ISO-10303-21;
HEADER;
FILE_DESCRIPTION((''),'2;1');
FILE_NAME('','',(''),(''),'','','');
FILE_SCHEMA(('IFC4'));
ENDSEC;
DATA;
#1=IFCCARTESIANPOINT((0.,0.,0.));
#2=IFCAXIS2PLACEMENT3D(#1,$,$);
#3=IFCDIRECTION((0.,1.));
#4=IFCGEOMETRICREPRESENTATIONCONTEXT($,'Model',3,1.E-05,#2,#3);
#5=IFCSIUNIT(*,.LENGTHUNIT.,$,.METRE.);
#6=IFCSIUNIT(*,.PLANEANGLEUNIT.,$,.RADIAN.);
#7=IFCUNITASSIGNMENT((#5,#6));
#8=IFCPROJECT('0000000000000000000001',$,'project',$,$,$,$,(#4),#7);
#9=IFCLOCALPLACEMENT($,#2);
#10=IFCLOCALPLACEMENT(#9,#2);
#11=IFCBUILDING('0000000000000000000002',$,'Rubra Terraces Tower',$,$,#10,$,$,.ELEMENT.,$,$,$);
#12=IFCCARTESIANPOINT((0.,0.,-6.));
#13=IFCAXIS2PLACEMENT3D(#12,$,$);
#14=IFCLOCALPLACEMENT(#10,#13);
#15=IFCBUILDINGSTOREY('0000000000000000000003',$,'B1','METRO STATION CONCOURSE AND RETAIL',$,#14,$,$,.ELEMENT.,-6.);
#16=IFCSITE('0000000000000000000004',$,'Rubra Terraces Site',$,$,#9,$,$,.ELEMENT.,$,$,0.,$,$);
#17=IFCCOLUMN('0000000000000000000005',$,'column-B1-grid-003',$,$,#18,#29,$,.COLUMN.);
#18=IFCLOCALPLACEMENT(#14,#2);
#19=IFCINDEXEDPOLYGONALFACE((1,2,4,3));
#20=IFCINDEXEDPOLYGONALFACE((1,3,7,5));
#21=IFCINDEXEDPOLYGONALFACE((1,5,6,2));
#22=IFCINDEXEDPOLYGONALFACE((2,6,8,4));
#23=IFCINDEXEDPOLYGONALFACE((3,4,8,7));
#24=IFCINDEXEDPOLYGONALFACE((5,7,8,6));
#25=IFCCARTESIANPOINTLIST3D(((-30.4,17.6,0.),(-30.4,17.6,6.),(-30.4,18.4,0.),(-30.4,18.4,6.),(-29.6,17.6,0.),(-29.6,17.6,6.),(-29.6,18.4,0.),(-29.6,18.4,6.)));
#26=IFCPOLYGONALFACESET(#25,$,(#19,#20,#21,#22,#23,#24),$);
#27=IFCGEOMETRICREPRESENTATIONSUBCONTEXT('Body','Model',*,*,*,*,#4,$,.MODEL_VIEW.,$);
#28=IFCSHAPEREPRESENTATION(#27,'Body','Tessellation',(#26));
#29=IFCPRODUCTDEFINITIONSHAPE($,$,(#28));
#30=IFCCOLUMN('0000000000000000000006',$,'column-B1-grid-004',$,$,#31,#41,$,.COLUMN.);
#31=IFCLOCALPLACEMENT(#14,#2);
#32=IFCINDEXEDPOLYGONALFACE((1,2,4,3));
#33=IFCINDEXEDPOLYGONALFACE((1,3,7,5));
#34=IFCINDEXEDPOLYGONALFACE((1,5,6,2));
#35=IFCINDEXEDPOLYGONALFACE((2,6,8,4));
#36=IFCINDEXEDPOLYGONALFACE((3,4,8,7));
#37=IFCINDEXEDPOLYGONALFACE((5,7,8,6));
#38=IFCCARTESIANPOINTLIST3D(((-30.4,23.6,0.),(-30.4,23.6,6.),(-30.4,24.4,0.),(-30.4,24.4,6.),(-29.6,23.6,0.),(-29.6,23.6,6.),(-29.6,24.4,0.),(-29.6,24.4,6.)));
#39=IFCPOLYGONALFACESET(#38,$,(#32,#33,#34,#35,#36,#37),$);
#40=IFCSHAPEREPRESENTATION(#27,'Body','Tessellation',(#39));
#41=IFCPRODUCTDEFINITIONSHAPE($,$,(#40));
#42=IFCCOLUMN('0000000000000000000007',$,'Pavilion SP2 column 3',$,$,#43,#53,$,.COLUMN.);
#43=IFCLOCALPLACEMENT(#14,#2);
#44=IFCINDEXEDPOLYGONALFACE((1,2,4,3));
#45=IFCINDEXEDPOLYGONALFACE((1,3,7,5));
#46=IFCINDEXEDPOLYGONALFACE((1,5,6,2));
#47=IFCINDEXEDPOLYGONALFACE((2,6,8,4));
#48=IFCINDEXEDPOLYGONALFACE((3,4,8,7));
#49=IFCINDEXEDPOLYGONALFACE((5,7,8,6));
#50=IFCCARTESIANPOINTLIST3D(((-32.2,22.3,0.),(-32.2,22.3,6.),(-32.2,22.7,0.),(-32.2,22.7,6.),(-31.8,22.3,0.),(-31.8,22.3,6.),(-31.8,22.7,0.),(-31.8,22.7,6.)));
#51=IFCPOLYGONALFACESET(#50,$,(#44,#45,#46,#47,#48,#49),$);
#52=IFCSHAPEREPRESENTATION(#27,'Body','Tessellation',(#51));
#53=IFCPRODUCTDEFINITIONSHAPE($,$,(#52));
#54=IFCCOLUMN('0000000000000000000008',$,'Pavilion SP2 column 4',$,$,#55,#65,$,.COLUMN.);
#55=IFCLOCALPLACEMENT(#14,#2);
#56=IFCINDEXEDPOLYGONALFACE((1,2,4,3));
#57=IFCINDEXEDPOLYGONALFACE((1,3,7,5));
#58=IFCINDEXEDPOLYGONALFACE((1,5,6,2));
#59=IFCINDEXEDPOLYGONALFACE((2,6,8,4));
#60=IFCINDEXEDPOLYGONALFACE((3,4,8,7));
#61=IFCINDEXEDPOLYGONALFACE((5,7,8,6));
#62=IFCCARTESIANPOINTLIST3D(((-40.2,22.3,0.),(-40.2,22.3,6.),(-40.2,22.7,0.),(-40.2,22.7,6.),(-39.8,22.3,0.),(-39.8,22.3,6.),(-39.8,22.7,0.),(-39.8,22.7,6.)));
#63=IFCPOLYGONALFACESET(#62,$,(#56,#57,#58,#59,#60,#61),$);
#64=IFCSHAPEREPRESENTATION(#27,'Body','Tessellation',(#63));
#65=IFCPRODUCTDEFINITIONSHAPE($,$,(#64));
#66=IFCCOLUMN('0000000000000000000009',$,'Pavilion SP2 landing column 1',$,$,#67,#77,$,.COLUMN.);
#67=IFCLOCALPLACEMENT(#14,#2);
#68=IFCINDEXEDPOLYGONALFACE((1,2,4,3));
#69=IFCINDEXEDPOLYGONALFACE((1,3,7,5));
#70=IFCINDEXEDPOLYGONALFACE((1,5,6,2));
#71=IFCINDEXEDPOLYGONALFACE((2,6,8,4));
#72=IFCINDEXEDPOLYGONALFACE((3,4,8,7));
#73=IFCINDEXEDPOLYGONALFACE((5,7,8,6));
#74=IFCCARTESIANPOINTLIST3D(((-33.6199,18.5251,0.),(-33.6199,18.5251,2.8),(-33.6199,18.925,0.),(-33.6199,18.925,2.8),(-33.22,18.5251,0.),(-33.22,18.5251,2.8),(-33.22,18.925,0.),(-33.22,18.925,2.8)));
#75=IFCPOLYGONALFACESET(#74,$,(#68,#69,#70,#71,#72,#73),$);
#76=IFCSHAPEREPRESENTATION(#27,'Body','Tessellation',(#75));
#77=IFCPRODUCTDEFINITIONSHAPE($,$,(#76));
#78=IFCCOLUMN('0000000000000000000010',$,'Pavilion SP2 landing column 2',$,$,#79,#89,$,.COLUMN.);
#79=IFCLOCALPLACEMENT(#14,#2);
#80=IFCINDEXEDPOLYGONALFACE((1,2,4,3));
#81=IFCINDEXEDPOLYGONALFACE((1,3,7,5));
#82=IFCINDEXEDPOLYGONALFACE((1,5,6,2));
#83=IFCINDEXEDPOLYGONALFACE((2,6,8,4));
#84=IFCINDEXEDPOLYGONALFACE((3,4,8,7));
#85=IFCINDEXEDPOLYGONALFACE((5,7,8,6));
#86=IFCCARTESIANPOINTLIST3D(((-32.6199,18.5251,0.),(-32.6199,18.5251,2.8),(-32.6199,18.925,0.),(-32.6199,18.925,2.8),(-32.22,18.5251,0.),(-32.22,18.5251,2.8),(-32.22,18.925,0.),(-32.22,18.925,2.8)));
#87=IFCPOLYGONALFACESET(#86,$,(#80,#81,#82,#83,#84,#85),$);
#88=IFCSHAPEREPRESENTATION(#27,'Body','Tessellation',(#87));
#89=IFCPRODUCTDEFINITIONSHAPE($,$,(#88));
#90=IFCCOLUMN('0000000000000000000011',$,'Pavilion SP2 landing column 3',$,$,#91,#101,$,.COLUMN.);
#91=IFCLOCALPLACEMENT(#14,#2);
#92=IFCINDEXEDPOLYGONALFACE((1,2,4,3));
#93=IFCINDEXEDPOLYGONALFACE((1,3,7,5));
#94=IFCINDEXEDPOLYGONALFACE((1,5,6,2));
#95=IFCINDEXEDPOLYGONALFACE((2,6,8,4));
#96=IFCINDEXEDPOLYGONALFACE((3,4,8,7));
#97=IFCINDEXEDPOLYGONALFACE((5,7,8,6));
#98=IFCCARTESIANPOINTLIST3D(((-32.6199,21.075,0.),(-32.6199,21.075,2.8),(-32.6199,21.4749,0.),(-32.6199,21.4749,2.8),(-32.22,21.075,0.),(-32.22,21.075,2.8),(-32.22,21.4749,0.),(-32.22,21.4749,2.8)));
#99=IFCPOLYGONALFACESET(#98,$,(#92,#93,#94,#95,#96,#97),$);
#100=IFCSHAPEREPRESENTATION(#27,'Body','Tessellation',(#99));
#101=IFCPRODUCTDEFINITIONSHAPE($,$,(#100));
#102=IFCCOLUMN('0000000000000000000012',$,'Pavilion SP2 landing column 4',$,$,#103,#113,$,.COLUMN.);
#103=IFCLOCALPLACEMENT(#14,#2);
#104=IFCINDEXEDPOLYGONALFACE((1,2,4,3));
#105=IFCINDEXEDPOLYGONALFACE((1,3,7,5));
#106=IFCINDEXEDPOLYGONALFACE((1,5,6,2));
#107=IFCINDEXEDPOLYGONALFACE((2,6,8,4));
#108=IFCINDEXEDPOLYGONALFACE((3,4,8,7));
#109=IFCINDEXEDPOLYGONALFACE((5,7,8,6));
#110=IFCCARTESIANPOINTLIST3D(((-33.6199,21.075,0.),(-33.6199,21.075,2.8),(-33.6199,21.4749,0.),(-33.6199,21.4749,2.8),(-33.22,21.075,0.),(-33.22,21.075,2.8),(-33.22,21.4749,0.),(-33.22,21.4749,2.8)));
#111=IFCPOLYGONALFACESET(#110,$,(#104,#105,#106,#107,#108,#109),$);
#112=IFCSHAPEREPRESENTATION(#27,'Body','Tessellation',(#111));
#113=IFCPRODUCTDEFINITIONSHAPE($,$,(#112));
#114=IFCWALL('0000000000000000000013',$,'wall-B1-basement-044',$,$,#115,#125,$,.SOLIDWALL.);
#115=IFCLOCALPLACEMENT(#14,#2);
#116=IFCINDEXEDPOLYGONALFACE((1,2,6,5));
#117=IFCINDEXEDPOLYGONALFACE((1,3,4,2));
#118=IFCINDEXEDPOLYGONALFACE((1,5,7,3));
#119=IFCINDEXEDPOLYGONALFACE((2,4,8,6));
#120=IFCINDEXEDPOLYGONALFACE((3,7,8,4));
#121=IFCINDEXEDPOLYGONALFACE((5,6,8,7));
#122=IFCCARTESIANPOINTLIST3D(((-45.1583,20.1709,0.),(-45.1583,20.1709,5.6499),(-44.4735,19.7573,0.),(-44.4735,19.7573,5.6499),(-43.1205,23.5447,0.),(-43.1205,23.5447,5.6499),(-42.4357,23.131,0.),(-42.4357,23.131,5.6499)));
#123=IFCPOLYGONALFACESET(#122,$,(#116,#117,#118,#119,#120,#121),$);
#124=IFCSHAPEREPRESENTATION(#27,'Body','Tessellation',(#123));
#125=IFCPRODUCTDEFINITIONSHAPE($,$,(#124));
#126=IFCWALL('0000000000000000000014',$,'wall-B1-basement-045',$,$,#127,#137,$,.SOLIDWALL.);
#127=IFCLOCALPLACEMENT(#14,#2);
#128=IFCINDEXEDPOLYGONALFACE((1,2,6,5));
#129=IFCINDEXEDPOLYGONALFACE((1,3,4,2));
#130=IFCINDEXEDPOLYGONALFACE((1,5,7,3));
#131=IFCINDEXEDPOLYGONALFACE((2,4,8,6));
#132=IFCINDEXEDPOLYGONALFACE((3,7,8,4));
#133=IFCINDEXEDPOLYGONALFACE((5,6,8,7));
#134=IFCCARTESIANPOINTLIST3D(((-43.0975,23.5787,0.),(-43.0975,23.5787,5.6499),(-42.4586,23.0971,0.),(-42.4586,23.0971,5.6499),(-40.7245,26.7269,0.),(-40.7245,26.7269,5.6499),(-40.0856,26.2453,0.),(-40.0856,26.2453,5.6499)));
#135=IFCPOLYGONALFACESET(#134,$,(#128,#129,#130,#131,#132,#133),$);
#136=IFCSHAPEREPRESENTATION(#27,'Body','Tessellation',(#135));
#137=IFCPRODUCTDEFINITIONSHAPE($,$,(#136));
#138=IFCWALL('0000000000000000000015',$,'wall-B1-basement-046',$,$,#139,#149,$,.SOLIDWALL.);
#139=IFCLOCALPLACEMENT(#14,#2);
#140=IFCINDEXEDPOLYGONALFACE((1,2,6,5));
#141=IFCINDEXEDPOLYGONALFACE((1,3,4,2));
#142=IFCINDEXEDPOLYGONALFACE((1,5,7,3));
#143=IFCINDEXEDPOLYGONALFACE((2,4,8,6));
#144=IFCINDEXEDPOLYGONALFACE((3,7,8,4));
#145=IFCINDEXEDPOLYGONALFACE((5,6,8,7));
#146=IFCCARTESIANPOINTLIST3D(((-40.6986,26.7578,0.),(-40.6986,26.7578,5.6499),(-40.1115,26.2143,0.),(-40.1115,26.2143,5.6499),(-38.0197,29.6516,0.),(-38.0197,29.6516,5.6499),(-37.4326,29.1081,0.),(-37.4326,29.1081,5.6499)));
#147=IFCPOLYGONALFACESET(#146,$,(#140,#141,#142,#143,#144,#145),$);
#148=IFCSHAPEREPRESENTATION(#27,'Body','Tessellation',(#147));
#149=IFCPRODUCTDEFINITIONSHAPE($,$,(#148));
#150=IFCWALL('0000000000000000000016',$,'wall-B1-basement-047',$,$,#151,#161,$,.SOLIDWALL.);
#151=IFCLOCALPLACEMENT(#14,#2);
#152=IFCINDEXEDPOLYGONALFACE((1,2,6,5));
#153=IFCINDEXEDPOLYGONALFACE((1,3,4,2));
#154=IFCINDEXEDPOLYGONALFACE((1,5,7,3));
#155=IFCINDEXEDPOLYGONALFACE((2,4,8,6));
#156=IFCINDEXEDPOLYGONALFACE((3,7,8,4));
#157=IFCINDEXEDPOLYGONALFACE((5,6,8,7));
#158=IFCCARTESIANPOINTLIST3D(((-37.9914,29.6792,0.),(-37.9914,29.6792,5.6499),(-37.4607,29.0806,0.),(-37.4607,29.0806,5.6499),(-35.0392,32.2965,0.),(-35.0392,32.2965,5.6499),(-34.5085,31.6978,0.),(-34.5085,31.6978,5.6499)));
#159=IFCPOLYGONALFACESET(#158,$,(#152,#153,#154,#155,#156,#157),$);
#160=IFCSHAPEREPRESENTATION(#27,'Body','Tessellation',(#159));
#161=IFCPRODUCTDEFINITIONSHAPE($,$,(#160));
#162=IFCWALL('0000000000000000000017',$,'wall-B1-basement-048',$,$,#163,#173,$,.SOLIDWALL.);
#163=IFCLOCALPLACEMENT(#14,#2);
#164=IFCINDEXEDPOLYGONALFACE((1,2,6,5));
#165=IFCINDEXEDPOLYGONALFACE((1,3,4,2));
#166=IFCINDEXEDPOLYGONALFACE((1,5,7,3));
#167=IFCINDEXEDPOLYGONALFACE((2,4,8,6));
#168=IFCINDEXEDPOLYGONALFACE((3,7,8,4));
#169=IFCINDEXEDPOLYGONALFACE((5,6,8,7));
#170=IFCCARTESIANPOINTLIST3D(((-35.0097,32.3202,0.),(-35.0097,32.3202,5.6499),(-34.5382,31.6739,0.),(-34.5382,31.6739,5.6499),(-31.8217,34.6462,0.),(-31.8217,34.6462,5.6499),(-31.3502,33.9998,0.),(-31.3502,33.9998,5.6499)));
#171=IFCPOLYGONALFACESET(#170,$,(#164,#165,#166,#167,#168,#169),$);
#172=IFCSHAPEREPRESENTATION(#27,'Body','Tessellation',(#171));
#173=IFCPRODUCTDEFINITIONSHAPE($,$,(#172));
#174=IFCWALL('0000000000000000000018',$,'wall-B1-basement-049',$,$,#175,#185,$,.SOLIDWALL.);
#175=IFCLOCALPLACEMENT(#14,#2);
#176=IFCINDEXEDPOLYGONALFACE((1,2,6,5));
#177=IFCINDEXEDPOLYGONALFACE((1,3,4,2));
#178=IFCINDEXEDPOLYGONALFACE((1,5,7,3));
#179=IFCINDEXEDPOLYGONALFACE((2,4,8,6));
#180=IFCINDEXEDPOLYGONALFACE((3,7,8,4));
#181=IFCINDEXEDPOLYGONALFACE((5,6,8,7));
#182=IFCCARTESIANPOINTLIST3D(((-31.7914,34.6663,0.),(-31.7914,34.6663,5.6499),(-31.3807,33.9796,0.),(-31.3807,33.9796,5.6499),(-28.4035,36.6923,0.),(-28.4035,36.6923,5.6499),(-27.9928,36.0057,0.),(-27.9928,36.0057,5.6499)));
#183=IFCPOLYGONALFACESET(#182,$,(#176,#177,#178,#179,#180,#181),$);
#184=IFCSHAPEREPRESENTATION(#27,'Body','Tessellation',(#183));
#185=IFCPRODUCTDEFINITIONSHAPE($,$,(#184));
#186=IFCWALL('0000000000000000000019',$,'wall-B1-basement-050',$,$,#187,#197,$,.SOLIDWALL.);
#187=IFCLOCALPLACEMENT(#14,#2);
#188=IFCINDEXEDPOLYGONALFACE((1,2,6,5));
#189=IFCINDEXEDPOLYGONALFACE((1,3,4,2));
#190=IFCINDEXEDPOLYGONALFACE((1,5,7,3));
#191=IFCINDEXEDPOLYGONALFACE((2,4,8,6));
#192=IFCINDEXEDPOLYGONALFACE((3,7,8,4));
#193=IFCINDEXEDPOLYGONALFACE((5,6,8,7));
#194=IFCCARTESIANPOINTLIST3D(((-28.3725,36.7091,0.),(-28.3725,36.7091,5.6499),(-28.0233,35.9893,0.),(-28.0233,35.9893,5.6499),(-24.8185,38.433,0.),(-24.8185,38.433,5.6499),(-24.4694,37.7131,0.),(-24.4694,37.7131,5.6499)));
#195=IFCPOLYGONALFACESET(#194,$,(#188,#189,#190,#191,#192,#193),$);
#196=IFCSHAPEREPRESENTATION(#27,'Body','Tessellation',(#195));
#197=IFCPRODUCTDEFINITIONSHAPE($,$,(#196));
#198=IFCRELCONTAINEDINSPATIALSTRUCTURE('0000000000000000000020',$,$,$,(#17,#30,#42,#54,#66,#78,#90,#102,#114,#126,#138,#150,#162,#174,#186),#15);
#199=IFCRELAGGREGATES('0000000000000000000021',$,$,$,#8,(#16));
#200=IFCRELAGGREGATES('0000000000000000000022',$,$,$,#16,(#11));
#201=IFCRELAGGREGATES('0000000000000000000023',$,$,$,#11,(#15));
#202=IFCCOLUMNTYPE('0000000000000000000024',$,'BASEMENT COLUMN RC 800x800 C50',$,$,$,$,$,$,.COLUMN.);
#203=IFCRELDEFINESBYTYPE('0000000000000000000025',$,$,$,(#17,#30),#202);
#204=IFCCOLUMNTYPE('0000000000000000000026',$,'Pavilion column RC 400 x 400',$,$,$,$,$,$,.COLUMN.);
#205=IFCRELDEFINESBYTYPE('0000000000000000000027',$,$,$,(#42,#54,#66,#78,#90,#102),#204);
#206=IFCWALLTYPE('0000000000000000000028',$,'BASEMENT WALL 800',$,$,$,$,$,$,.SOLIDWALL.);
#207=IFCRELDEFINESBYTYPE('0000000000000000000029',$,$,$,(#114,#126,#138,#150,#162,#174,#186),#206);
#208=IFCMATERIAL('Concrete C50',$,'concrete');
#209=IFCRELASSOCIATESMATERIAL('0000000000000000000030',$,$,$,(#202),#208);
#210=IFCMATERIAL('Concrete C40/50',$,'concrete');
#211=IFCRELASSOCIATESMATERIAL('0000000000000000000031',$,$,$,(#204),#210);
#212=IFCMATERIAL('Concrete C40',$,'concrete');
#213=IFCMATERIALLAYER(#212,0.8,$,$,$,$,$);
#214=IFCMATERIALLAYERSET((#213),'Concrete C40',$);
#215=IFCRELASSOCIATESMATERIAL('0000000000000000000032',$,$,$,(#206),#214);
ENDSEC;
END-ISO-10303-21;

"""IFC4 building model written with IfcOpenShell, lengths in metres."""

from ifc_helpers import new_model, si_unit, direction, frame, frame_2d, origin, origin_2d, place, context, subcontext, project, spatial, rectangle, extrude, material, layer, layer_set, material_profile, profile_set, type_object, element, save


model = new_model("IFC4")

# Units and contexts
model_context = context("Model", 3, precision=1e-05, world=origin(), true_north=direction((0.0, 1.0)))
body_context = subcontext(model_context, "Body", "Model", "MODEL_VIEW")
ifc_project = project(units=[si_unit("LENGTHUNIT", "METRE"), si_unit("PLANEANGLEUNIT", "RADIAN")], contexts=[model_context])

# Site, building, storey
site_placement = place(None, origin())
site = spatial("IfcSite", under=ifc_project, at=site_placement, Name="Rubra Terraces Site", CompositionType="ELEMENT", RefElevation=0.0)
building_placement = place(site_placement, origin())
building = spatial("IfcBuilding", under=site, at=building_placement, Name="Rubra Terraces Tower", CompositionType="ELEMENT")
storey_placement = place(building_placement, frame((0.0, 0.0, -6.0)))
storey = spatial("IfcBuildingStorey", under=building, at=storey_placement, Name="B1", Description="METRO STATION CONCOURSE AND RETAIL", CompositionType="ELEMENT", Elevation=-6.0)

# Columns
ifc_material_1 = material(Name="Concrete C50", Category="concrete")
ifc_material_profile_1 = material_profile(ifc_material_1, rectangle(XDim=0.8, YDim=0.8, at=origin_2d()), Name="RC 800x800")
ifc_profile_set_1 = profile_set([ifc_material_profile_1], Name="Concrete C50")
column_type_1 = type_object("IfcColumnType", Name="BASEMENT COLUMN RC 800x800 C50", PredefinedType="COLUMN", material=ifc_profile_set_1)
for number, where, z_axis, x_axis, name in (
    (1, (-30.0, 18.0, 0.0), (0.0, 0.0, 1.0), (1.0, 0.0, 0.0), "column-B1-grid-003"),
    (2, (-30.0, 24.0, 0.0), (0.0, 0.0, 1.0), (1.0, 0.0, 0.0), "column-B1-grid-004"),
):
    element("IfcColumn", number, at=place(storey_placement, frame(where, z_axis=z_axis, x_axis=x_axis)), inside=storey, type_object=column_type_1, Name=name, PredefinedType="COLUMN", context=body_context, shape_type="SweptSolid", body=[
        extrude(rectangle(XDim=0.8, YDim=0.8, at=origin_2d()), origin(), (0.0, 0.0, 1.0), 6.0),
    ])
ifc_material_2 = material(Name="Concrete C40/50", Category="concrete")
ifc_material_profile_2 = material_profile(ifc_material_2, rectangle(XDim=0.3999, YDim=0.3999, at=origin_2d()), Name="RC 400x400")
ifc_profile_set_2 = profile_set([ifc_material_profile_2], Name="Concrete C40/50")
column_type_2 = type_object("IfcColumnType", Name="Pavilion column RC 400 x 400", PredefinedType="COLUMN", material=ifc_profile_set_2)
for number, where, z_axis, x_axis, name in (
    (3, (-32.0, 22.5, 0.0), (0.0, 0.0, 1.0), (1.0, 0.0, 0.0), "Pavilion SP2 column 3"),
    (4, (-40.0, 22.5, 0.0), (0.0, 0.0, 1.0), (1.0, 0.0, 0.0), "Pavilion SP2 column 4"),
):
    element("IfcColumn", number, at=place(storey_placement, frame(where, z_axis=z_axis, x_axis=x_axis)), inside=storey, type_object=column_type_2, Name=name, PredefinedType="COLUMN", context=body_context, shape_type="SweptSolid", body=[
        extrude(rectangle(XDim=0.3999, YDim=0.3999, at=origin_2d()), origin(), (0.0, 0.0, 1.0), 6.0),
    ])
for number, where, z_axis, x_axis, name in (
    (5, (-33.4199, 18.7251, 0.0), (0.0, 0.0, 1.0), (1.0, 0.0, 0.0), "Pavilion SP2 landing column 1"),
    (6, (-32.4199, 18.7251, 0.0), (0.0, 0.0, 1.0), (1.0, 0.0, 0.0), "Pavilion SP2 landing column 2"),
    (7, (-32.4199, 21.2749, 0.0), (0.0, 0.0, 1.0), (1.0, 0.0, 0.0), "Pavilion SP2 landing column 3"),
    (8, (-33.4199, 21.2749, 0.0), (0.0, 0.0, 1.0), (1.0, 0.0, 0.0), "Pavilion SP2 landing column 4"),
):
    element("IfcColumn", number, at=place(storey_placement, frame(where, z_axis=z_axis, x_axis=x_axis)), inside=storey, type_object=column_type_2, Name=name, PredefinedType="COLUMN", context=body_context, shape_type="SweptSolid", body=[
        extrude(rectangle(XDim=0.3999, YDim=0.3999, at=origin_2d()), origin(), (0.0, 0.0, 1.0), 2.8),
    ])

# Walls
ifc_material_3 = material(Name="Concrete C40", Category="concrete")
ifc_layer_1 = layer(ifc_material_3, 0.8)
ifc_layer_set_1 = layer_set([ifc_layer_1], Name="Concrete C40")
wall_type_1 = type_object("IfcWallType", Name="BASEMENT WALL 800", PredefinedType="SOLIDWALL", material=ifc_layer_set_1)
wall_1_placement = place(storey_placement, frame((-44.8159, 19.9641, 0.0), z_axis=(0.0, 0.0, 1.0), x_axis=(0.517026, 0.85597, 0.0)))
element("IfcWall", 9, at=wall_1_placement, inside=storey, type_object=wall_type_1, Name="wall-B1-basement-044", PredefinedType="SOLIDWALL", context=body_context, shape_type="SweptSolid", body=[
    extrude(rectangle(XDim=3.9414, YDim=0.8, at=frame_2d((1.9707, 0.0))), origin(), (0.0, 0.0, 1.0), 5.6499),
])
wall_2_placement = place(storey_placement, frame((-42.7781, 23.3379, 0.0), z_axis=(0.0, 0.0, 1.0), x_axis=(0.60193, 0.798549, 0.0)))
element("IfcWall", 10, at=wall_2_placement, inside=storey, type_object=wall_type_1, Name="wall-B1-basement-045", PredefinedType="SOLIDWALL", context=body_context, shape_type="SweptSolid", body=[
    extrude(rectangle(XDim=3.9424, YDim=0.8, at=frame_2d((1.9712, 0.0))), origin(), (0.0, 0.0, 1.0), 5.6499),
])
wall_3_placement = place(storey_placement, frame((-40.405, 26.4861, 0.0), z_axis=(0.0, 0.0, 1.0), x_axis=(0.679341, 0.733822, 0.0)))
element("IfcWall", 11, at=wall_3_placement, inside=storey, type_object=wall_type_1, Name="wall-B1-basement-046", PredefinedType="SOLIDWALL", context=body_context, shape_type="SweptSolid", body=[
    extrude(rectangle(XDim=3.9434, YDim=0.8, at=frame_2d((1.9717, 0.0))), origin(), (0.0, 0.0, 1.0), 5.6499),
])
wall_4_placement = place(storey_placement, frame((-37.7261, 29.3799, 0.0), z_axis=(0.0, 0.0, 1.0), x_axis=(0.748283, 0.66338, 0.0)))
element("IfcWall", 12, at=wall_4_placement, inside=storey, type_object=wall_type_1, Name="wall-B1-basement-047", PredefinedType="SOLIDWALL", context=body_context, shape_type="SweptSolid", body=[
    extrude(rectangle(XDim=3.9453, YDim=0.8, at=frame_2d((1.9727, 0.0))), origin(), (0.0, 0.0, 1.0), 5.6499),
])
wall_5_placement = place(storey_placement, frame((-34.7739, 31.9971, 0.0), z_axis=(0.0, 0.0, 1.0), x_axis=(0.807844, 0.589396, 0.0)))
element("IfcWall", 13, at=wall_5_placement, inside=storey, type_object=wall_type_1, Name="wall-B1-basement-048", PredefinedType="SOLIDWALL", context=body_context, shape_type="SweptSolid", body=[
    extrude(rectangle(XDim=3.9463, YDim=0.8, at=frame_2d((1.9731, 0.0))), origin(), (0.0, 0.0, 1.0), 5.6499),
])
wall_6_placement = place(storey_placement, frame((-31.5859, 34.323, 0.0), z_axis=(0.0, 0.0, 1.0), x_axis=(0.858234, 0.513258, 0.0)))
element("IfcWall", 14, at=wall_6_placement, inside=storey, type_object=wall_type_1, Name="wall-B1-basement-049", PredefinedType="SOLIDWALL", context=body_context, shape_type="SweptSolid", body=[
    extrude(rectangle(XDim=3.9475, YDim=0.8, at=frame_2d((1.9736, 0.0))), origin(), (0.0, 0.0, 1.0), 5.6499),
])
wall_7_placement = place(storey_placement, frame((-28.198, 36.3491, 0.0), z_axis=(0.0, 0.0, 1.0), x_axis=(0.89974, 0.436427, 0.0)))
element("IfcWall", 15, at=wall_7_placement, inside=storey, type_object=wall_type_1, Name="wall-B1-basement-050", PredefinedType="SOLIDWALL", context=body_context, shape_type="SweptSolid", body=[
    extrude(rectangle(XDim=3.95, YDim=0.8, at=frame_2d((1.9751, 0.0))), origin(), (0.0, 0.0, 1.0), 5.6499),
])

save(model, "model.ifc")
